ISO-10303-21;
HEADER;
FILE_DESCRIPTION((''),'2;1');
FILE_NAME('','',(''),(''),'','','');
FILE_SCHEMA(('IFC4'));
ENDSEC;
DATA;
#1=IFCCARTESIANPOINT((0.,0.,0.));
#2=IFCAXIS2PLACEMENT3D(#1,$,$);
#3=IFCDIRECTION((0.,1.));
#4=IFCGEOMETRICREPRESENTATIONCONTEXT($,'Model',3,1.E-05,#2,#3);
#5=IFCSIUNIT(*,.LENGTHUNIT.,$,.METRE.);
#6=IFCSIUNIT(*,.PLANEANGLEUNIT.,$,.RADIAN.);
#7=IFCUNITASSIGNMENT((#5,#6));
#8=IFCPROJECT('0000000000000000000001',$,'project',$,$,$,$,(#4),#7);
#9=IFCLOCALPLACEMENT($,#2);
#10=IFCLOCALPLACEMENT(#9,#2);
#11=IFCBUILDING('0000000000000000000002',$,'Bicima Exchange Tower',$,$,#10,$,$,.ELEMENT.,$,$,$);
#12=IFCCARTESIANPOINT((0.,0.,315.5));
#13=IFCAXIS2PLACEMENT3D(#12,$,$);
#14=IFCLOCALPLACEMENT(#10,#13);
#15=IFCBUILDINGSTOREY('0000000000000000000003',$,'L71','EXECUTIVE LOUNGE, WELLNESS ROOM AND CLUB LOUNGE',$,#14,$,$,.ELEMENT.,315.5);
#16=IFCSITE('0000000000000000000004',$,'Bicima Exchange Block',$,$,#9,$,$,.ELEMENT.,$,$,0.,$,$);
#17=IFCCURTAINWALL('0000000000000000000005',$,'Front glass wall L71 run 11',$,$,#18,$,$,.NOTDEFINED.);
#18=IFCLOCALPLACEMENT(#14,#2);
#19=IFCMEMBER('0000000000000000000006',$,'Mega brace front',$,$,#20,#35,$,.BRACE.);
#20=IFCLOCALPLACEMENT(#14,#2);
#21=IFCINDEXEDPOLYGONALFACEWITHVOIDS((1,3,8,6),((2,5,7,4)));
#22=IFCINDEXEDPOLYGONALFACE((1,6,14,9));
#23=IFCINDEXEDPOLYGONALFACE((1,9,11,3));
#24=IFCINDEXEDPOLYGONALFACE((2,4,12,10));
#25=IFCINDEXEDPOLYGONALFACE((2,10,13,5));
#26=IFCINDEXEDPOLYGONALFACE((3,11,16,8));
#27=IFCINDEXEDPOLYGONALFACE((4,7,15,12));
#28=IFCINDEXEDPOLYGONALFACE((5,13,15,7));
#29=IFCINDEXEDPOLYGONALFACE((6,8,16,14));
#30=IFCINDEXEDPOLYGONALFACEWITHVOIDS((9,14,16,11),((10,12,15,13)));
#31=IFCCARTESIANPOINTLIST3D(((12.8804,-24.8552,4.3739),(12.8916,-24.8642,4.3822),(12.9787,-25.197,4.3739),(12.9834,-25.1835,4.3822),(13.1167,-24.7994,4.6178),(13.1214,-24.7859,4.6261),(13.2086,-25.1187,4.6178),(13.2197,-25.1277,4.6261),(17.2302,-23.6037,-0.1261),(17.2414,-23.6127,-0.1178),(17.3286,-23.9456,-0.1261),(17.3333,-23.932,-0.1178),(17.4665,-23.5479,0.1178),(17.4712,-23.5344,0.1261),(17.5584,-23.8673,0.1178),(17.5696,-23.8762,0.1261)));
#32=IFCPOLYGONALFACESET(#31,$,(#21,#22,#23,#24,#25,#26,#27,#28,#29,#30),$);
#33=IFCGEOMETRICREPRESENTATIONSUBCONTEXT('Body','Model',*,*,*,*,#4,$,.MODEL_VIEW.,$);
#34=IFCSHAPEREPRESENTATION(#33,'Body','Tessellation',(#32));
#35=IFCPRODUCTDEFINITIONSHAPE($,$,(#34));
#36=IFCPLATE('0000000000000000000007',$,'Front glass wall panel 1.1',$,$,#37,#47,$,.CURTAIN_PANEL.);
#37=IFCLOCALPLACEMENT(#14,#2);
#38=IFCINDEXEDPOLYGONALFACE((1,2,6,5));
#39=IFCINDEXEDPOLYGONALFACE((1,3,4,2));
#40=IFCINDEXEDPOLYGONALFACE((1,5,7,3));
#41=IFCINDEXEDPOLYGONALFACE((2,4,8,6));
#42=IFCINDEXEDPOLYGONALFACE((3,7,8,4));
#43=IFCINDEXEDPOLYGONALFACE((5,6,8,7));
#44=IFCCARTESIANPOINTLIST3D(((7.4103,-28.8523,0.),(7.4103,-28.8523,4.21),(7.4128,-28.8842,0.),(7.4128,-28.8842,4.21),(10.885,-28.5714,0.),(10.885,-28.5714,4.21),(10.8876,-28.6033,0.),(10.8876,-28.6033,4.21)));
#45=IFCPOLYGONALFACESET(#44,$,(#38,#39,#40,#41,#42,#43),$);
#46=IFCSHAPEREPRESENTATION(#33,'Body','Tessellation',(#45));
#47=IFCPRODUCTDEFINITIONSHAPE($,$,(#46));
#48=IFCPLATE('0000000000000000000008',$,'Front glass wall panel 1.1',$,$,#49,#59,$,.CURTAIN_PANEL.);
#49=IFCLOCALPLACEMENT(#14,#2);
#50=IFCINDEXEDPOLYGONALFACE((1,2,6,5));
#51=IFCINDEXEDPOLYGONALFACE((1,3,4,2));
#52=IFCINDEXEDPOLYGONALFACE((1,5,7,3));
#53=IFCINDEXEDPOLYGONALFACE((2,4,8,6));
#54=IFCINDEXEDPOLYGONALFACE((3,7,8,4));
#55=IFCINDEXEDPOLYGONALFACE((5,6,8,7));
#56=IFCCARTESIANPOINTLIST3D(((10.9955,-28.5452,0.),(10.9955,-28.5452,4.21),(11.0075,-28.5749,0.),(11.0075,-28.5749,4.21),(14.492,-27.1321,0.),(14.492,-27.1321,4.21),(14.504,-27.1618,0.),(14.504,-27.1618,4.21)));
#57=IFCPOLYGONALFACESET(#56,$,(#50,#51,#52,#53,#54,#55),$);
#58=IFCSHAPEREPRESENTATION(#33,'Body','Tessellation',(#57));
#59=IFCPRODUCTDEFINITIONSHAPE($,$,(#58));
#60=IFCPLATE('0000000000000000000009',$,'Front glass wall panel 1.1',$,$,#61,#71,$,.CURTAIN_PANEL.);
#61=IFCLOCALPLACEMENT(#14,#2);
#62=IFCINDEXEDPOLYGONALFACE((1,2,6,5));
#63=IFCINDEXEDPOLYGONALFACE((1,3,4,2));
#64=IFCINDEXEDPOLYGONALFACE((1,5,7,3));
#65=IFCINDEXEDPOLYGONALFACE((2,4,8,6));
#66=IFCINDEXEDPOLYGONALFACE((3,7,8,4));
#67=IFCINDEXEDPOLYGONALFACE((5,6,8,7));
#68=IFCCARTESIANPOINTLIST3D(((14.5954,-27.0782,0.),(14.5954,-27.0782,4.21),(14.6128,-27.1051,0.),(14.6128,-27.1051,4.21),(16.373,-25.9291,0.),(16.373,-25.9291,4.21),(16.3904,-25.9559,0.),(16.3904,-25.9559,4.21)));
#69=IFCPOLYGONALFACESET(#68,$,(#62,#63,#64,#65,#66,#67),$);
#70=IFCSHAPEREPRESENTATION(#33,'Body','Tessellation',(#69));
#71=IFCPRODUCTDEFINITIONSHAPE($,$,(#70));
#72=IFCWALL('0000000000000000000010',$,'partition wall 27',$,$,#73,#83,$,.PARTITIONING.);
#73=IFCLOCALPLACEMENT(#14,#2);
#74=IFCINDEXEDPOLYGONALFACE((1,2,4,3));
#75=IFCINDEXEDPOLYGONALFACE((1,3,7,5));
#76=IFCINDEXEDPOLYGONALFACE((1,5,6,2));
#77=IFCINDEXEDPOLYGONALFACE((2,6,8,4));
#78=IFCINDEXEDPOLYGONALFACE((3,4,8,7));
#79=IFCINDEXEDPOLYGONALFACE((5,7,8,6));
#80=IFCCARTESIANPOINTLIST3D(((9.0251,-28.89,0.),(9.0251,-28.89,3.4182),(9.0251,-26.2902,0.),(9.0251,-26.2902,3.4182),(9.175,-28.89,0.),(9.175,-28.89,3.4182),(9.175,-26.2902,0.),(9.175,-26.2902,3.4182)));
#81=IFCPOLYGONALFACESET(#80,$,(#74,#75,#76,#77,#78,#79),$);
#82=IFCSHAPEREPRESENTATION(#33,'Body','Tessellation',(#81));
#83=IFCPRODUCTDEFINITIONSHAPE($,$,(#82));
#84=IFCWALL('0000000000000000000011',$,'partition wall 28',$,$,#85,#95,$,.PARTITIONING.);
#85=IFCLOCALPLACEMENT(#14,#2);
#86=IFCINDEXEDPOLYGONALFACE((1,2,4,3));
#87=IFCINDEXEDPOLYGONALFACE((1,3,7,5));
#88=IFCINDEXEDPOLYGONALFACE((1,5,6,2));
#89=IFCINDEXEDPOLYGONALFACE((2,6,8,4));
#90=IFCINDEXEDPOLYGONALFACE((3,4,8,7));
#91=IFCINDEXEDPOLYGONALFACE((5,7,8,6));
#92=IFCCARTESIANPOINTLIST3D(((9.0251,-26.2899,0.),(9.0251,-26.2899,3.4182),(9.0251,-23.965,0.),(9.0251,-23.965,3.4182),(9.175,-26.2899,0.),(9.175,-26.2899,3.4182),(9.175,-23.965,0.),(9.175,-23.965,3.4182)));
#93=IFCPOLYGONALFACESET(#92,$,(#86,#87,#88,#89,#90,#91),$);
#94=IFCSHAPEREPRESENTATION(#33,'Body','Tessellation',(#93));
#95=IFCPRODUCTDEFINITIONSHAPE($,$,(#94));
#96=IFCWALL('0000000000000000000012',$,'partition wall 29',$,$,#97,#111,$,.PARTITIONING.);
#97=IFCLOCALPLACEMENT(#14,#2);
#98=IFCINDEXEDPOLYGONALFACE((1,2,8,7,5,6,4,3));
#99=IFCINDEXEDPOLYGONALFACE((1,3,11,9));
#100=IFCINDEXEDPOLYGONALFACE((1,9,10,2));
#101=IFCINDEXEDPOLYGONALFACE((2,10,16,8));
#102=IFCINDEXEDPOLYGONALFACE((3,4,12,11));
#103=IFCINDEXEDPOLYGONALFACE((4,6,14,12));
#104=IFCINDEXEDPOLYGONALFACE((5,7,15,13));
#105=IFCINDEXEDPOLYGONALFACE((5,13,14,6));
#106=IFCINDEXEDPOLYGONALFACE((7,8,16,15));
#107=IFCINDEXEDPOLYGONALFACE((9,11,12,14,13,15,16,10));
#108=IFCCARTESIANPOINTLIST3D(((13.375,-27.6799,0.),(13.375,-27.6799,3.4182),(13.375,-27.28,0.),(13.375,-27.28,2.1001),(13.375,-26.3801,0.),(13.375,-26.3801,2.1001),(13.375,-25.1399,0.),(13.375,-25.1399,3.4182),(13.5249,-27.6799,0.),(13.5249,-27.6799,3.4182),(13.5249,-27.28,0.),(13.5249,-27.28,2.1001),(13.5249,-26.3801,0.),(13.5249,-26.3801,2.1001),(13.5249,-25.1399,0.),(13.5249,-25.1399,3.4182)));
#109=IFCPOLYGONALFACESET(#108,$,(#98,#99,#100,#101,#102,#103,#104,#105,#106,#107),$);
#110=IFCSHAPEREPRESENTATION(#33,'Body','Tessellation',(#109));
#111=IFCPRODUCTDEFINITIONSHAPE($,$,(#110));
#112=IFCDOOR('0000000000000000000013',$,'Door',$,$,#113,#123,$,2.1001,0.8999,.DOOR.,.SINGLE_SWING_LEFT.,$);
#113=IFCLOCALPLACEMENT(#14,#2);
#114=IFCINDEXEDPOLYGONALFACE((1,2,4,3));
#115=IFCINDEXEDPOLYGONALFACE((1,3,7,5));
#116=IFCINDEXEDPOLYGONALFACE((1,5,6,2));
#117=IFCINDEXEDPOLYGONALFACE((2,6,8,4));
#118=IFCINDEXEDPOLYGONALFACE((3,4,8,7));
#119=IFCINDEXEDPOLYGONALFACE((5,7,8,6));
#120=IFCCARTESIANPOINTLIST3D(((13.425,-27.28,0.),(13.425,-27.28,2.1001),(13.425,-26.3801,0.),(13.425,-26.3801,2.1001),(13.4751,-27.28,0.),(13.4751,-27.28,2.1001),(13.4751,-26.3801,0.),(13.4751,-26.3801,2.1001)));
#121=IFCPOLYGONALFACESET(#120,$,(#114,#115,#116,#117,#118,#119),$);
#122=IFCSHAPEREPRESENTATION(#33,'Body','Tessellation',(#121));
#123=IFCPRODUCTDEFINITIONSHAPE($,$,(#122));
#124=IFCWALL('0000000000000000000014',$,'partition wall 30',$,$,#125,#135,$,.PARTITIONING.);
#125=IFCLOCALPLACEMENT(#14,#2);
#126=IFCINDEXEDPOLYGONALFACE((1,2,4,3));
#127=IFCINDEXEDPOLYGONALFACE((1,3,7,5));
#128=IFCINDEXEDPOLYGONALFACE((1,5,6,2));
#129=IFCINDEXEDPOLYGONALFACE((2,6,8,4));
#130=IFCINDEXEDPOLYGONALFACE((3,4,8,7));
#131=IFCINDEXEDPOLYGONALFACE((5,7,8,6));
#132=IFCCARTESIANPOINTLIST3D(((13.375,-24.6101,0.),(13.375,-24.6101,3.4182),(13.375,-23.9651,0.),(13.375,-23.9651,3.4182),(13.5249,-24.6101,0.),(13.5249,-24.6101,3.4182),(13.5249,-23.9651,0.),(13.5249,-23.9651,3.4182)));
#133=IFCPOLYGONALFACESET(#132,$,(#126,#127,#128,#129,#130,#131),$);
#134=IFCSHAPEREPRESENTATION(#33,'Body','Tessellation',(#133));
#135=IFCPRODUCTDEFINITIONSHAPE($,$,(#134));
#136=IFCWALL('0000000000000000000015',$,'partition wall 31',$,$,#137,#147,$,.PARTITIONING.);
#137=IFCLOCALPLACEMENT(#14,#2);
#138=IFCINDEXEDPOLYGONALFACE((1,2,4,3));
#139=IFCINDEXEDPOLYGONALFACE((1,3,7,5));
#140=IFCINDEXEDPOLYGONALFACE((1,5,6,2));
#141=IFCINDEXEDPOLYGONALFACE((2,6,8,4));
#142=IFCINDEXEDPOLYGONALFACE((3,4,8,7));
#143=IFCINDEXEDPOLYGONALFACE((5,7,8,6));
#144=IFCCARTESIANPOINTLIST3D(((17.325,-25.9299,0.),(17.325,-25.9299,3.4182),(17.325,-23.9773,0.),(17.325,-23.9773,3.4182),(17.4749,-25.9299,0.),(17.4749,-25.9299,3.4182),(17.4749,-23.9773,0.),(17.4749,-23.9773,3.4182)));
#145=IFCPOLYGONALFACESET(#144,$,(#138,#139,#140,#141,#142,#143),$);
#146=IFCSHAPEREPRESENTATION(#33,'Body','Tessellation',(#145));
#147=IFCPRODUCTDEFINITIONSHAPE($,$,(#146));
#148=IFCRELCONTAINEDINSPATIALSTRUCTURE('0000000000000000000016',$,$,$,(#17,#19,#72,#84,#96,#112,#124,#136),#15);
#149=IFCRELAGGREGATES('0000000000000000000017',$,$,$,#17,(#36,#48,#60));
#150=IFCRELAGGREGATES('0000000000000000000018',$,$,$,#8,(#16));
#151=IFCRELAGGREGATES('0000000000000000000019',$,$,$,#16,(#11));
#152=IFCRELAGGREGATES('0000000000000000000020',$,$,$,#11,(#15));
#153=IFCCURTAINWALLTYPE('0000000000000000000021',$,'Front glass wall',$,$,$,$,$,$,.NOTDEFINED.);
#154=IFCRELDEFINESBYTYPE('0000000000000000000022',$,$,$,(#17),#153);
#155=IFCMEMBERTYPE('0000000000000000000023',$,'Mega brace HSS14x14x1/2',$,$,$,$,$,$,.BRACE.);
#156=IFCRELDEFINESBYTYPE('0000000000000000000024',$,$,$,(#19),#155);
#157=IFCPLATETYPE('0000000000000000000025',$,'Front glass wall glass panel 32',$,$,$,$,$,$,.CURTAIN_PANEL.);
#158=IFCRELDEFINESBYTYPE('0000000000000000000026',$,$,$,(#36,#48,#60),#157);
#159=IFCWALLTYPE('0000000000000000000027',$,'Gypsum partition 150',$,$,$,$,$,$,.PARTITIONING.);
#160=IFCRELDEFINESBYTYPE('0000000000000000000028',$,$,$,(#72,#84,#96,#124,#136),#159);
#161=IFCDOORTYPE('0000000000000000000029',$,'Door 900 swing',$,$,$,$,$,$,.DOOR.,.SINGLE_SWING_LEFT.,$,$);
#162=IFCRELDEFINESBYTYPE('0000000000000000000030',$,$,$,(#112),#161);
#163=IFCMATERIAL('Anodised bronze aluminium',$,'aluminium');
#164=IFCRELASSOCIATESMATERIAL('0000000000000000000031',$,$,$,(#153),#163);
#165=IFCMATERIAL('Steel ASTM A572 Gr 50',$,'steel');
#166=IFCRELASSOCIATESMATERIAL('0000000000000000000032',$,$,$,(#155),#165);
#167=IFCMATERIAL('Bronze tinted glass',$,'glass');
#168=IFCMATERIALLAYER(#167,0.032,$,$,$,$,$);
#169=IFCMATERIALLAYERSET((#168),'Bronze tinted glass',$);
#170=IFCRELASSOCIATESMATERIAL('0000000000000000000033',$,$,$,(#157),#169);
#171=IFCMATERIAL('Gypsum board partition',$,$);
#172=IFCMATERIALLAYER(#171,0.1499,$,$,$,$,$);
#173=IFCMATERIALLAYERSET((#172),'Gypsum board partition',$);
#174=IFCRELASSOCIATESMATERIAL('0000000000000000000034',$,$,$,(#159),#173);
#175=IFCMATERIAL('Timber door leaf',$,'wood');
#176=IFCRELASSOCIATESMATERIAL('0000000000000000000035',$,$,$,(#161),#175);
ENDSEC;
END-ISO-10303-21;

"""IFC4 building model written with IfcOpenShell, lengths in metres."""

from ifc_helpers import new_model, si_unit, direction, frame, frame_2d, origin, origin_2d, place, context, subcontext, project, spatial, rectangle, hollow_rectangle, extrude, material, layer, layer_set, material_profile, profile_set, type_object, element, fill, aggregate, save


model = new_model("IFC4")

# Units and contexts
model_context = context("Model", 3, precision=1e-05, world=origin(), true_north=direction((0.0, 1.0)))
body_context = subcontext(model_context, "Body", "Model", "MODEL_VIEW")
ifc_project = project(units=[si_unit("LENGTHUNIT", "METRE"), si_unit("PLANEANGLEUNIT", "RADIAN")], contexts=[model_context])

# Site, building, storey
site_placement = place(None, origin())
site = spatial("IfcSite", under=ifc_project, at=site_placement, Name="Bicima Exchange Block", CompositionType="ELEMENT", RefElevation=0.0)
building_placement = place(site_placement, origin())
building = spatial("IfcBuilding", under=site, at=building_placement, Name="Bicima Exchange Tower", CompositionType="ELEMENT")
storey_placement = place(building_placement, frame((0.0, 0.0, 315.5)))
storey = spatial("IfcBuildingStorey", under=building, at=storey_placement, Name="L71", Description="EXECUTIVE LOUNGE, WELLNESS ROOM AND CLUB LOUNGE", CompositionType="ELEMENT", Elevation=315.5)

# Shared definitions
ifc_material_1 = material(Name="Steel ASTM A572 Gr 50", Category="steel")

# Curtain wall
ifc_material_2 = material(Name="Anodised bronze aluminium", Category="aluminium")
curtain_wall_type = type_object("IfcCurtainWallType", Name="Front glass wall", PredefinedType="NOTDEFINED", material=ifc_material_2)
curtain_wall_1_placement = place(storey_placement, origin())
curtain_wall_1 = element("IfcCurtainWall", 1, at=curtain_wall_1_placement, inside=storey, type_object=curtain_wall_type, Name="Front glass wall L71 run 11", PredefinedType="NOTDEFINED")

# Member
ifc_material_profile_1 = material_profile(ifc_material_1, hollow_rectangle(XDim=0.3557, YDim=0.3557, WallThickness=0.0117, at=origin_2d()))
ifc_profile_set_1 = profile_set([ifc_material_profile_1], Name="Steel ASTM A572 Gr 50")
member_type_1 = type_object("IfcMemberType", Name="Mega brace HSS14x14x1/2", PredefinedType="BRACE", material=ifc_profile_set_1)
member_1_placement = place(storey_placement, frame((17.3999, -23.74, 0.0), z_axis=(-0.681519, -0.196075, 0.705044), x_axis=(0.276487, -0.961018, 0.0)))
element("IfcMember", 2, at=member_1_placement, inside=storey, type_object=member_type_1, Name="Mega brace front", PredefinedType="BRACE", context=body_context, shape_type="SweptSolid", body=[
    extrude(hollow_rectangle(XDim=0.3557, YDim=0.3557, WallThickness=0.0117, at=origin_2d()), origin(), (0.0, 0.0, 1.0), 6.3826),
])

# Plates
ifc_material_3 = material(Name="Bronze tinted glass", Category="glass")
ifc_layer_1 = layer(ifc_material_3, 0.032)
ifc_layer_set_1 = layer_set([ifc_layer_1], Name="Bronze tinted glass")
plate_type = type_object("IfcPlateType", Name="Front glass wall glass panel 32", PredefinedType="CURTAIN_PANEL", material=ifc_layer_set_1)
plate_1_placement = place(storey_placement, frame((9.1489, -28.7278, 0.0), z_axis=(0.0, 0.0, 1.0), x_axis=(0.996747, 0.080589, 0.0)))
plate_1 = element("IfcPlate", 3, at=plate_1_placement, type_object=plate_type, Name="Front glass wall panel 1.1", PredefinedType="CURTAIN_PANEL", context=body_context, shape_type="SweptSolid", body=[
    extrude(rectangle(XDim=3.4861, YDim=0.032, at=origin_2d()), origin(), (0.0, 0.0, 1.0), 4.21),
])
plate_2_placement = place(storey_placement, frame((12.7498, -27.8535, 0.0), z_axis=(0.0, 0.0, 1.0), x_axis=(0.927144, 0.374705, 0.0)))
plate_2 = element("IfcPlate", 4, at=plate_2_placement, type_object=plate_type, Name="Front glass wall panel 1.1", PredefinedType="CURTAIN_PANEL", context=body_context, shape_type="SweptSolid", body=[
    extrude(rectangle(XDim=3.7712, YDim=0.032, at=origin_2d()), origin(), (0.0, 0.0, 1.0), 4.21),
])
plate_3_placement = place(storey_placement, frame((15.4929, -26.5171, 0.0), z_axis=(0.0, 0.0, 1.0), x_axis=(0.839791, 0.542909, 0.0)))
plate_3 = element("IfcPlate", 5, at=plate_3_placement, type_object=plate_type, Name="Front glass wall panel 1.1", PredefinedType="CURTAIN_PANEL", context=body_context, shape_type="SweptSolid", body=[
    extrude(rectangle(XDim=2.1167, YDim=0.032, at=origin_2d()), origin(), (0.0, 0.0, 1.0), 4.21),
])
aggregate(curtain_wall_1, [plate_1, plate_2, plate_3])

# Walls
ifc_material_4 = material(Name="Gypsum board partition")
ifc_layer_2 = layer(ifc_material_4, 0.1499)
ifc_layer_set_2 = layer_set([ifc_layer_2], Name="Gypsum board partition")
wall_type = type_object("IfcWallType", Name="Gypsum partition 150", PredefinedType="PARTITIONING", material=ifc_layer_set_2)
wall_1_placement = place(storey_placement, frame((9.1001, -28.8899, 0.0), z_axis=(0.0, 0.0, 1.0), x_axis=(0.0, 1.0, 0.0)))
element("IfcWall", 6, at=wall_1_placement, inside=storey, type_object=wall_type, Name="partition wall 27", PredefinedType="PARTITIONING", context=body_context, shape_type="SweptSolid", body=[
    extrude(rectangle(XDim=2.5999, YDim=0.1499, at=frame_2d((1.2998, 0.0))), origin(), (0.0, 0.0, 1.0), 3.4182),
])
wall_2_placement = place(storey_placement, frame((9.1001, -26.29, 0.0), z_axis=(0.0, 0.0, 1.0), x_axis=(0.0, 1.0, 0.0)))
element("IfcWall", 7, at=wall_2_placement, inside=storey, type_object=wall_type, Name="partition wall 28", PredefinedType="PARTITIONING", context=body_context, shape_type="SweptSolid", body=[
    extrude(rectangle(XDim=2.325, YDim=0.1499, at=frame_2d((1.1626, 0.0))), origin(), (0.0, 0.0, 1.0), 3.4182),
])

# Wall, opening, door
wall_3_placement = place(storey_placement, frame((13.45, -27.6799, 0.0), z_axis=(0.0, 0.0, 1.0), x_axis=(0.0, 1.0, 0.0)))
wall_3 = element("IfcWall", 8, at=wall_3_placement, inside=storey, type_object=wall_type, Name="partition wall 29", PredefinedType="PARTITIONING", context=body_context, shape_type="SweptSolid", body=[
    extrude(rectangle(XDim=2.54, YDim=0.1499, at=frame_2d((1.27, 0.0))), origin(), (0.0, 0.0, 1.0), 3.4182),
])
opening_placement = place(wall_3_placement, frame((0.3999, 0.0, 0.0)))
opening = element("IfcOpeningElement", 9, at=opening_placement, cuts=wall_3, PredefinedType="OPENING", context=body_context, shape_type="SweptSolid", body=[
    extrude(rectangle(XDim=0.8999, YDim=2.1001, at=frame_2d((0.45, 1.05))), frame((0.0, 0.0869, 0.0), z_axis=(0.0, -1.0, 0.0), x_axis=(1.0, 0.0, 0.0)), (0.0, 0.0, 1.0), 0.1738),
])
ifc_material_5 = material(Name="Timber door leaf", Category="wood")
door_type = type_object("IfcDoorType", Name="Door 900 swing", OperationType="SINGLE_SWING_LEFT", PredefinedType="DOOR", material=ifc_material_5)
door_placement = place(opening_placement, origin())
door = element("IfcDoor", 10, at=door_placement, inside=storey, type_object=door_type, Name="Door", OperationType="SINGLE_SWING_LEFT", OverallHeight=2.1001, OverallWidth=0.8999, PredefinedType="DOOR", context=body_context, shape_type="SweptSolid", body=[
    extrude(rectangle(XDim=0.8999, YDim=2.1001, at=frame_2d((0.45, 1.05))), frame((0.0, 0.0249, 0.0), z_axis=(0.0, -1.0, 0.0), x_axis=(1.0, 0.0, 0.0)), (0.0, 0.0, 1.0), 0.05),
])
fill(opening, door)

# Walls
wall_4_placement = place(storey_placement, frame((13.45, -24.6101, 0.0), z_axis=(0.0, 0.0, 1.0), x_axis=(0.0, 1.0, 0.0)))
element("IfcWall", 11, at=wall_4_placement, inside=storey, type_object=wall_type, Name="partition wall 30", PredefinedType="PARTITIONING", context=body_context, shape_type="SweptSolid", body=[
    extrude(rectangle(XDim=0.645, YDim=0.1499, at=frame_2d((0.3225, 0.0))), origin(), (0.0, 0.0, 1.0), 3.4182),
])
wall_5_placement = place(storey_placement, frame((17.3999, -25.9299, 0.0), z_axis=(0.0, 0.0, 1.0), x_axis=(0.0, 1.0, 0.0)))
element("IfcWall", 12, at=wall_5_placement, inside=storey, type_object=wall_type, Name="partition wall 31", PredefinedType="PARTITIONING", context=body_context, shape_type="SweptSolid", body=[
    extrude(rectangle(XDim=1.9526, YDim=0.1499, at=frame_2d((0.9763, 0.0))), origin(), (0.0, 0.0, 1.0), 3.4182),
])

save(model, "model.ifc")
